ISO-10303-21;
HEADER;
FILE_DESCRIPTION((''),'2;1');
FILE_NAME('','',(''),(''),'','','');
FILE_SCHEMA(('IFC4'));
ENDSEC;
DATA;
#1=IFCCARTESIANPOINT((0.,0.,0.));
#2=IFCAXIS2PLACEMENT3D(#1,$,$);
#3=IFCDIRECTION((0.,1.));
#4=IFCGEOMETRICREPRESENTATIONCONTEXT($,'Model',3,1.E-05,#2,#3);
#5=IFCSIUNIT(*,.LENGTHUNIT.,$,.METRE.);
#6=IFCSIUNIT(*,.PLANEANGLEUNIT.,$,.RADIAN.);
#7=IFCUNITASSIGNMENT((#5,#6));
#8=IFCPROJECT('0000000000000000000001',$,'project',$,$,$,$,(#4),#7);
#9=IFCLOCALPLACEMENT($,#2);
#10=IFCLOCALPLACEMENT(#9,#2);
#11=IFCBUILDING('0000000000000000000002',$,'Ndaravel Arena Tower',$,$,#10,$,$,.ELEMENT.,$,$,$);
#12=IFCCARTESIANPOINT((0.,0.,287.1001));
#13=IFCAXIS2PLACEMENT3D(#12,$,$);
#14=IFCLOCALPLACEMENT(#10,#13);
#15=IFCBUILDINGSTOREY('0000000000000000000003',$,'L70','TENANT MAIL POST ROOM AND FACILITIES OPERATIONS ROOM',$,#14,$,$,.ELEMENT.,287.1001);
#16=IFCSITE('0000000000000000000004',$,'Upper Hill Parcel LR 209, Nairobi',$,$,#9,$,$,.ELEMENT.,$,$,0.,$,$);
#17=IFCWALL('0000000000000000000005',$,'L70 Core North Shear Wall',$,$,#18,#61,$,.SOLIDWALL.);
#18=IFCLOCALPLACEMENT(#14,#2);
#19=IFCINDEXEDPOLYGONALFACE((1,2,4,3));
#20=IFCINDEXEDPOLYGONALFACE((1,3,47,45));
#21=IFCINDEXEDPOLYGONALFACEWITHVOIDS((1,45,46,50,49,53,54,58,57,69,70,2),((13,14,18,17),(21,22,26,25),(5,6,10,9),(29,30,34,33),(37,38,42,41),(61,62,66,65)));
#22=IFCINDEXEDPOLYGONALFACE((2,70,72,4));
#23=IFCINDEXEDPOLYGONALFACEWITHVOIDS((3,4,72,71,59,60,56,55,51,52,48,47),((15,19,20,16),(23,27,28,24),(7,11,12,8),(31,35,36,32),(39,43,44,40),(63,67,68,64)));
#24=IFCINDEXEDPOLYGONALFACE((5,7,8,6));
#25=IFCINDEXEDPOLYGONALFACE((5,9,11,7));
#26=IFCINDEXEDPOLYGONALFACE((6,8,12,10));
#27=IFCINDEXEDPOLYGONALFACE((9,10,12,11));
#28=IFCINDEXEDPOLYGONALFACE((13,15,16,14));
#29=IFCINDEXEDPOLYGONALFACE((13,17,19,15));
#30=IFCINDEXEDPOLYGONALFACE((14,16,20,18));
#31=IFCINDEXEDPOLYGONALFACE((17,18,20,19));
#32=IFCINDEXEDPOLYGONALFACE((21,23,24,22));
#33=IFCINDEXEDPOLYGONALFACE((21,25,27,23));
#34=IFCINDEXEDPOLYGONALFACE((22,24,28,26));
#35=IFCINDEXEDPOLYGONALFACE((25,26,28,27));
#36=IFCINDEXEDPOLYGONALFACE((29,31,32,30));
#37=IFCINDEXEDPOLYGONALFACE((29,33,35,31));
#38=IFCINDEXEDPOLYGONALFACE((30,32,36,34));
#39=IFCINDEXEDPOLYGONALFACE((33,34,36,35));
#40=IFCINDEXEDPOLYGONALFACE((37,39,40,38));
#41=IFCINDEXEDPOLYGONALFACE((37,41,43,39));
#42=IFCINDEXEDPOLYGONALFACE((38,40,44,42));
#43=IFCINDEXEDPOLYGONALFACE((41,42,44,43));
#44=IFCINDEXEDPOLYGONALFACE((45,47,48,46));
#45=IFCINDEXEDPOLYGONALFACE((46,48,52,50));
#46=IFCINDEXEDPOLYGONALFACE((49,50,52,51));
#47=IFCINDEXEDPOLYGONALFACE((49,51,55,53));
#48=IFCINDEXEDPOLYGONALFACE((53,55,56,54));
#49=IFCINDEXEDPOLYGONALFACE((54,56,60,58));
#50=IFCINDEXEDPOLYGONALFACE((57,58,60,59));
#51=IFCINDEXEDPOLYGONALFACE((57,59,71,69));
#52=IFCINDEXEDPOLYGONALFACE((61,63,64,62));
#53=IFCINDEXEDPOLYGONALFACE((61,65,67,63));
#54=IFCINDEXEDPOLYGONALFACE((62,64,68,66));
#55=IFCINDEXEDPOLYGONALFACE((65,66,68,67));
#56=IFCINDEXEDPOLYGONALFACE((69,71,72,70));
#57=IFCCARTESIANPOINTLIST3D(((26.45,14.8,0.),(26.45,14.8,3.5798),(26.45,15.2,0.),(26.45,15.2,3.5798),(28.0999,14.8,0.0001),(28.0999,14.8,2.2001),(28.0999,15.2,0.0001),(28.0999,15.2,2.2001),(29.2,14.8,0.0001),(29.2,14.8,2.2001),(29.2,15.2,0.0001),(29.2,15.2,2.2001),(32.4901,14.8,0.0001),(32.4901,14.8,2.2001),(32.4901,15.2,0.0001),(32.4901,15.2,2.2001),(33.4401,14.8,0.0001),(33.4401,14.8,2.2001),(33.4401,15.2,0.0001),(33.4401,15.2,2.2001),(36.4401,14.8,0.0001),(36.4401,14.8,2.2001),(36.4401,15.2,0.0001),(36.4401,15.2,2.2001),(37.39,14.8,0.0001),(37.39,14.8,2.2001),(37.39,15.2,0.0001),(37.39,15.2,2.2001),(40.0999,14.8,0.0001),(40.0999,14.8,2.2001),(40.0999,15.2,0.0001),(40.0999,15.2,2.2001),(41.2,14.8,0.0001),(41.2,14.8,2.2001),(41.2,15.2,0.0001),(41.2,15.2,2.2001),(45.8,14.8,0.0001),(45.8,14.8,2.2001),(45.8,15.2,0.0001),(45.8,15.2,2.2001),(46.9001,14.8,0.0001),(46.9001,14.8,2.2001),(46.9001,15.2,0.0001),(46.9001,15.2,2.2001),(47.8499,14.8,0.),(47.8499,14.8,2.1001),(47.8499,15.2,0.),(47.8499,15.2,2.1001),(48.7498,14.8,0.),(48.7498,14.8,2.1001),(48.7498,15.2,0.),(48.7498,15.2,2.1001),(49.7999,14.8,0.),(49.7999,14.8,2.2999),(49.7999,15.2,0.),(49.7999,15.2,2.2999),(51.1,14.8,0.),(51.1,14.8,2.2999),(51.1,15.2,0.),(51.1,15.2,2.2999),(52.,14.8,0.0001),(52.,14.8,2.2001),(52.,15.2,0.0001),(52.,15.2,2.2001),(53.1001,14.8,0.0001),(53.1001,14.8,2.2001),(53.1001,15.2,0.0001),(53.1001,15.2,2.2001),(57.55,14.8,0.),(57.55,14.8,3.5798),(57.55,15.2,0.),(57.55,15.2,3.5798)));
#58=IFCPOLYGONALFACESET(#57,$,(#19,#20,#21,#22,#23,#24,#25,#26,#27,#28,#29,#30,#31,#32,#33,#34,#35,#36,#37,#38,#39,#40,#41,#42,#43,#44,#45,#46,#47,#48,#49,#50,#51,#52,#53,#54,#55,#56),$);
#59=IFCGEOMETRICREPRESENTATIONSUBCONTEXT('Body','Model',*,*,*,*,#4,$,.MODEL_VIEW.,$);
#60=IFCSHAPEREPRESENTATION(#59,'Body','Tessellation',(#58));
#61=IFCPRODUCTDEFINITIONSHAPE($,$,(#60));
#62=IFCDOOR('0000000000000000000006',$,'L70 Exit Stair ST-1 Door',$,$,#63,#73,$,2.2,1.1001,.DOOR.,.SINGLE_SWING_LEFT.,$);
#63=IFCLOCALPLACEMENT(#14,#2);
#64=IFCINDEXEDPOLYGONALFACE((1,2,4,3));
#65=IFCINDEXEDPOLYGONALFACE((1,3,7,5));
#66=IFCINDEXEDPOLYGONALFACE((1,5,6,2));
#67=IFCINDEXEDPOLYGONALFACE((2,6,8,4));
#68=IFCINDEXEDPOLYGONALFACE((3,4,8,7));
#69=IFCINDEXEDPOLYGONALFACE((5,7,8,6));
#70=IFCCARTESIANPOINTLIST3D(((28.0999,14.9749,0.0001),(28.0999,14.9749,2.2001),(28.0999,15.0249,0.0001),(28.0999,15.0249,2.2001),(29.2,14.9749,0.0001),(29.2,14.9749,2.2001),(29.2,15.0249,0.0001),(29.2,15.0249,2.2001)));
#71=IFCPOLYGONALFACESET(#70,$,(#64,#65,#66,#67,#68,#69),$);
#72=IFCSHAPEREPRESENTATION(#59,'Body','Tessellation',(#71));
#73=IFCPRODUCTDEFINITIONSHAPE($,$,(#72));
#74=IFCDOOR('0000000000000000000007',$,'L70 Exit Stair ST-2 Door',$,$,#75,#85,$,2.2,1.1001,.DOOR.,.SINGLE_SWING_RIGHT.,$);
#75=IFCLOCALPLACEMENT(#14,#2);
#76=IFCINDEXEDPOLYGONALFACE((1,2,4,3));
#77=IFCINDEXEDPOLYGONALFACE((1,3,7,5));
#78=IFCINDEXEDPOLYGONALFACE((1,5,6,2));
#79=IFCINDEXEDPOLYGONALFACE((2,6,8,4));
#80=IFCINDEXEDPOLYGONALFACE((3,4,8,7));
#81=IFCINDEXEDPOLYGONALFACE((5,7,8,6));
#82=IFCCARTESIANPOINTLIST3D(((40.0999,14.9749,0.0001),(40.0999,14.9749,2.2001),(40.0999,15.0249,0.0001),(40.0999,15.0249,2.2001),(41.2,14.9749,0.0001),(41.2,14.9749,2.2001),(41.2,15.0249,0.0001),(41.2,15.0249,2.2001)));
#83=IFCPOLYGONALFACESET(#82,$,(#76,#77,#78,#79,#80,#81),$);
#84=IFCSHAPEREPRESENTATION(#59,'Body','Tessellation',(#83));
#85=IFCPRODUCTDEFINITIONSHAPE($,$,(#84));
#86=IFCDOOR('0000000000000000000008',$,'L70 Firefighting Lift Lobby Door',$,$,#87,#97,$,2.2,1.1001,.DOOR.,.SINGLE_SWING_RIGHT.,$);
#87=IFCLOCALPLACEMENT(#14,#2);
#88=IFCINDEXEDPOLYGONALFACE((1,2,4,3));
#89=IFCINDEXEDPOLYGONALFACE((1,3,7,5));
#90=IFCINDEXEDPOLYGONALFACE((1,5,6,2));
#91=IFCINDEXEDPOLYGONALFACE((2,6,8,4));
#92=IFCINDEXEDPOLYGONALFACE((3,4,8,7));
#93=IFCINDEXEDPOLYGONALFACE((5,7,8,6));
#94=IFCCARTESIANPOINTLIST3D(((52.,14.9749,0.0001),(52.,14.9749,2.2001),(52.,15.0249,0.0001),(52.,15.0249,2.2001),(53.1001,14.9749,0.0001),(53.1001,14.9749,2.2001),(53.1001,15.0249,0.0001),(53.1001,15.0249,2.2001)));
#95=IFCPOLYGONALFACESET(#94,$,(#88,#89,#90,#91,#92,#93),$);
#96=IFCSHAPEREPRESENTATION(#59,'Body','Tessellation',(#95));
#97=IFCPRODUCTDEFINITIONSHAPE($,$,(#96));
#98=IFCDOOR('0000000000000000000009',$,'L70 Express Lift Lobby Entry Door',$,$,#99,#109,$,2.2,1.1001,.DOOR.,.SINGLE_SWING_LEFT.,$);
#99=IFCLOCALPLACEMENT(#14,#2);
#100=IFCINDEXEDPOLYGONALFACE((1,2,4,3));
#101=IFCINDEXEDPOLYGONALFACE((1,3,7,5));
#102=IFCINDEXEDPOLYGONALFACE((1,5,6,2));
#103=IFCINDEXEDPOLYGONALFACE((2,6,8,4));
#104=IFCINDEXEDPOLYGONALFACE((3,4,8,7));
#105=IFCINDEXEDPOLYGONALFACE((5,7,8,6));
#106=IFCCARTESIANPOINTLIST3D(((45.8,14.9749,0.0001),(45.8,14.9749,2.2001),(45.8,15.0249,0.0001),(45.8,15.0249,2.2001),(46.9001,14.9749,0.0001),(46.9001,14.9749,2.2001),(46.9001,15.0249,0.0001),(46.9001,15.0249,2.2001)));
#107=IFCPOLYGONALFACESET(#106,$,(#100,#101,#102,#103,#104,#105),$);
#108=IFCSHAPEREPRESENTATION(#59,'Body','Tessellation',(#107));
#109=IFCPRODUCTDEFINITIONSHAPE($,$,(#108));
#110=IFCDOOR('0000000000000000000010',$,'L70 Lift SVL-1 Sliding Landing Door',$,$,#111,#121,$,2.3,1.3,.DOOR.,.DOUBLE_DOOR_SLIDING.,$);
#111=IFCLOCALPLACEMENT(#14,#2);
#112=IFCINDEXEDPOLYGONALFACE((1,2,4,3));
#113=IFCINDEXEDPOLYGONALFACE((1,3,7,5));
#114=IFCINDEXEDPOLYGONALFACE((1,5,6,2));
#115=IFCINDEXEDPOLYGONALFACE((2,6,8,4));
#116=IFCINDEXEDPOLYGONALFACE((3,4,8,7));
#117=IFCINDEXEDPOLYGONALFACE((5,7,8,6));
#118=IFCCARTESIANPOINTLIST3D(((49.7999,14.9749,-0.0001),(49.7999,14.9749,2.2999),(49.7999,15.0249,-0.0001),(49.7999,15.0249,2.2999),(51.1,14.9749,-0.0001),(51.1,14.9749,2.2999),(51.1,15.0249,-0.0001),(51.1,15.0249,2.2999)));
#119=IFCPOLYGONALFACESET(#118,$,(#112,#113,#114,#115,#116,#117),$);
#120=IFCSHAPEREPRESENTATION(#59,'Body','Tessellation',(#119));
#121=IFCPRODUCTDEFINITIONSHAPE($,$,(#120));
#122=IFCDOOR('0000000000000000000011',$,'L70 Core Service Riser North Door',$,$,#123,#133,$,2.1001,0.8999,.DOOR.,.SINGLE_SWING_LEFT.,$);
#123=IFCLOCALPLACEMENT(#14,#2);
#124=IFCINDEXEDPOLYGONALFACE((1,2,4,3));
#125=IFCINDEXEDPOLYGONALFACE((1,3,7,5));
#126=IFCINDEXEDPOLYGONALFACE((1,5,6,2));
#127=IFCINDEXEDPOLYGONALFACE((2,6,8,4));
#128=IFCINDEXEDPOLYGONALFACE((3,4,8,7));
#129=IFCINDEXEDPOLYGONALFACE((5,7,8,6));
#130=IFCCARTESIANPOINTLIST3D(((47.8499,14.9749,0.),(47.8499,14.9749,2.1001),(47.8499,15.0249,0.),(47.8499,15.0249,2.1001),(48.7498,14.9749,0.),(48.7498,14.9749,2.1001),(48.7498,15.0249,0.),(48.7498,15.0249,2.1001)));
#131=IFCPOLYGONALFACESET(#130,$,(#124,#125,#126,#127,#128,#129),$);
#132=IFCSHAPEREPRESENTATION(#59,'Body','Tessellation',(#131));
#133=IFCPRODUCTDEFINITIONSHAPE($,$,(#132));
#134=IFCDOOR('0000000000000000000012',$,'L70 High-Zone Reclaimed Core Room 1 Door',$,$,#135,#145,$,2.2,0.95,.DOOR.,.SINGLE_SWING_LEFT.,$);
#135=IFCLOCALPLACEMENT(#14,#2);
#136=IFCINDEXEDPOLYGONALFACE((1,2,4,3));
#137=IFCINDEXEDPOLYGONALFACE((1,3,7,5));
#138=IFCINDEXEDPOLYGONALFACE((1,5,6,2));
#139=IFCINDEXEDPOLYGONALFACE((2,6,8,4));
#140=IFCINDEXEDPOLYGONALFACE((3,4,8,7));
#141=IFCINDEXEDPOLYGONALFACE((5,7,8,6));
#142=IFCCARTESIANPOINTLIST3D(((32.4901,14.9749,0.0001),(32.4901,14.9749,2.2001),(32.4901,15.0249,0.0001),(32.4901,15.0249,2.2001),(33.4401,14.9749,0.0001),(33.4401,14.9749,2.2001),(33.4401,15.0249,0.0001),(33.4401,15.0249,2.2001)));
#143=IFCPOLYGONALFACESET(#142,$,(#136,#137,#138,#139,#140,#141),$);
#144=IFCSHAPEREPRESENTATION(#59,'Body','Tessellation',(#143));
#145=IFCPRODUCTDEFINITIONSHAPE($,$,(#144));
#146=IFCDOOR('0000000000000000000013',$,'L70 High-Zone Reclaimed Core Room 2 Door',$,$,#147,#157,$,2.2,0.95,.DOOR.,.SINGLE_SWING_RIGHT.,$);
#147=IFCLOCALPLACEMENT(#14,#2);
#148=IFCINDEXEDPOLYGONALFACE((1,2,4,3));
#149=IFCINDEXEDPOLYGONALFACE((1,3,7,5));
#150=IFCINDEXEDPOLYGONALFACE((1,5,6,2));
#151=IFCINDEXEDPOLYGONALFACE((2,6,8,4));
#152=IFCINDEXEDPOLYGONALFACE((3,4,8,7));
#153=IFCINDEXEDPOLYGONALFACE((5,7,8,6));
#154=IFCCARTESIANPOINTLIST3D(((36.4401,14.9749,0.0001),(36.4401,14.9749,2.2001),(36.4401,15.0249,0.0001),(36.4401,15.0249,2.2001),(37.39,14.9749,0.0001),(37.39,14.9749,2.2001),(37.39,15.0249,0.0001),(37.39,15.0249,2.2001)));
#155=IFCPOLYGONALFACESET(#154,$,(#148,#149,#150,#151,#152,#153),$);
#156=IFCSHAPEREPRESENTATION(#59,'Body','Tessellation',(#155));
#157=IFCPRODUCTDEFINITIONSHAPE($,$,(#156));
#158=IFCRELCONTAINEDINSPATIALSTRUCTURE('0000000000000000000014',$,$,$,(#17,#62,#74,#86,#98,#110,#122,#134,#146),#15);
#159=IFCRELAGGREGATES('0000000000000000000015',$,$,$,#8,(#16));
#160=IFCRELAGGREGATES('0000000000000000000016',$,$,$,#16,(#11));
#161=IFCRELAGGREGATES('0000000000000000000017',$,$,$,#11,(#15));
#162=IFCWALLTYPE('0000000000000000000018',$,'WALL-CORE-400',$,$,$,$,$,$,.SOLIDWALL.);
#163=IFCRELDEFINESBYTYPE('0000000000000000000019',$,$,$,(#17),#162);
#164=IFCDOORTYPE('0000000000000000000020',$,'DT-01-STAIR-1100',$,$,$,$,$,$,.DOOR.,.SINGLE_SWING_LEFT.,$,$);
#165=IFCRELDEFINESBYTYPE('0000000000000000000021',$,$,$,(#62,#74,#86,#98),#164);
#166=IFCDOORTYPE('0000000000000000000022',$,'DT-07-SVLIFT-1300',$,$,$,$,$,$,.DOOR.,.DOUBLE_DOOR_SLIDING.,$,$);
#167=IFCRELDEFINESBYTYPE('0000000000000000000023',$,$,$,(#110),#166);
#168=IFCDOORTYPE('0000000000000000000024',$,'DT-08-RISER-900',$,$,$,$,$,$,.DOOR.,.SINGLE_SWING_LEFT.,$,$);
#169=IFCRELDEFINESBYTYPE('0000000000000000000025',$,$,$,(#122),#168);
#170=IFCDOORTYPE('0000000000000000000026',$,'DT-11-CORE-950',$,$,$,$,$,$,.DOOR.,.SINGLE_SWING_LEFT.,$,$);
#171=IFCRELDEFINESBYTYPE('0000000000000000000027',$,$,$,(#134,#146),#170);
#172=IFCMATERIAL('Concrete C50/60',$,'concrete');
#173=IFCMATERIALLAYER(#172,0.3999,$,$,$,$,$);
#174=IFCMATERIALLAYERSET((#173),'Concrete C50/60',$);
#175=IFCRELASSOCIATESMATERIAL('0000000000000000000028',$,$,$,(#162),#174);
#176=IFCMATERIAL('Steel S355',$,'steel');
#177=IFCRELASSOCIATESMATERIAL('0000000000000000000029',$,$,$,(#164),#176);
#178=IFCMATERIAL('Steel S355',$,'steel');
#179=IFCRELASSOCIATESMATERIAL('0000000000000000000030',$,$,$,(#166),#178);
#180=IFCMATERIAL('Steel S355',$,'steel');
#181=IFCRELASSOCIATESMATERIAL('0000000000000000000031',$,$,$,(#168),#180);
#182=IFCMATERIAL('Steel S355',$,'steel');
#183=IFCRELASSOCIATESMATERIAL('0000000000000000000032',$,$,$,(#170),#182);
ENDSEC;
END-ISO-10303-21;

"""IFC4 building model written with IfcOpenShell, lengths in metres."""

from ifc_helpers import new_model, si_unit, direction, frame, frame_2d, origin, place, context, subcontext, project, spatial, rectangle, extrude, material, layer, layer_set, type_object, element, fill, save


model = new_model("IFC4")

# Units and contexts
model_context = context("Model", 3, precision=1e-05, world=origin(), true_north=direction((0.0, 1.0)))
body_context = subcontext(model_context, "Body", "Model", "MODEL_VIEW")
ifc_project = project(units=[si_unit("LENGTHUNIT", "METRE"), si_unit("PLANEANGLEUNIT", "RADIAN")], contexts=[model_context])

# Site, building, storey
site_placement = place(None, origin())
site = spatial("IfcSite", under=ifc_project, at=site_placement, Name="Upper Hill Parcel LR 209, Nairobi", CompositionType="ELEMENT", RefElevation=0.0)
building_placement = place(site_placement, origin())
building = spatial("IfcBuilding", under=site, at=building_placement, Name="Ndaravel Arena Tower", CompositionType="ELEMENT")
storey_placement = place(building_placement, frame((0.0, 0.0, 287.1001)))
storey = spatial("IfcBuildingStorey", under=building, at=storey_placement, Name="L70", Description="TENANT MAIL POST ROOM AND FACILITIES OPERATIONS ROOM", CompositionType="ELEMENT", Elevation=287.1001)

# Wall, openings, doors
ifc_material_1 = material(Name="Concrete C50/60", Category="concrete")
ifc_layer_1 = layer(ifc_material_1, 0.3999)
ifc_layer_set_1 = layer_set([ifc_layer_1], Name="Concrete C50/60")
wall_type_1 = type_object("IfcWallType", Name="WALL-CORE-400", PredefinedType="SOLIDWALL", material=ifc_layer_set_1)
wall_1_placement = place(storey_placement, frame((26.45, 15.0, 0.0), z_axis=(0.0, 0.0, 1.0), x_axis=(1.0, 0.0, 0.0)))
wall_1 = element("IfcWall", 1, at=wall_1_placement, inside=storey, type_object=wall_type_1, Name="L70 Core North Shear Wall", PredefinedType="SOLIDWALL", context=body_context, shape_type="SweptSolid", body=[
    extrude(rectangle(XDim=31.1001, YDim=0.3999, at=frame_2d((15.55, 0.0))), origin(), (0.0, 0.0, 1.0), 3.5798),
])
opening_1_placement = place(wall_1_placement, frame((1.6499, 0.0, 0.0)))
opening_1 = element("IfcOpeningElement", 2, at=opening_1_placement, cuts=wall_1, PredefinedType="OPENING", context=body_context, shape_type="SweptSolid", body=[
    extrude(rectangle(XDim=1.1001, YDim=2.2, at=frame_2d((0.55, 1.1001))), frame((0.0, 0.2, 0.0), z_axis=(0.0, -1.0, 0.0), x_axis=(1.0, 0.0, 0.0)), (0.0, 0.0, 1.0), 0.3999),
])
opening_2_placement = place(wall_1_placement, frame((13.6499, 0.0, 0.0)))
opening_2 = element("IfcOpeningElement", 3, at=opening_2_placement, cuts=wall_1, PredefinedType="OPENING", context=body_context, shape_type="SweptSolid", body=[
    extrude(rectangle(XDim=1.1001, YDim=2.2, at=frame_2d((0.55, 1.1001))), frame((0.0, 0.2, 0.0), z_axis=(0.0, -1.0, 0.0), x_axis=(1.0, 0.0, 0.0)), (0.0, 0.0, 1.0), 0.3999),
])
opening_3_placement = place(wall_1_placement, frame((25.55, 0.0, 0.0)))
opening_3 = element("IfcOpeningElement", 4, at=opening_3_placement, cuts=wall_1, PredefinedType="OPENING", context=body_context, shape_type="SweptSolid", body=[
    extrude(rectangle(XDim=1.1001, YDim=2.2, at=frame_2d((0.55, 1.1001))), frame((0.0, 0.2, 0.0), z_axis=(0.0, -1.0, 0.0), x_axis=(1.0, 0.0, 0.0)), (0.0, 0.0, 1.0), 0.3999),
])
opening_4_placement = place(wall_1_placement, frame((19.3501, 0.0, 0.0)))
opening_4 = element("IfcOpeningElement", 5, at=opening_4_placement, cuts=wall_1, PredefinedType="OPENING", context=body_context, shape_type="SweptSolid", body=[
    extrude(rectangle(XDim=1.1001, YDim=2.2, at=frame_2d((0.55, 1.1001))), frame((0.0, 0.2, 0.0), z_axis=(0.0, -1.0, 0.0), x_axis=(1.0, 0.0, 0.0)), (0.0, 0.0, 1.0), 0.3999),
])
opening_5_placement = place(wall_1_placement, frame((21.3999, 0.0, 0.0)))
opening_5 = element("IfcOpeningElement", 6, at=opening_5_placement, cuts=wall_1, PredefinedType="OPENING", context=body_context, shape_type="SweptSolid", body=[
    extrude(rectangle(XDim=0.8999, YDim=2.1001, at=frame_2d((0.45, 1.05))), frame((0.0, 0.2, 0.0), z_axis=(0.0, -1.0, 0.0), x_axis=(1.0, 0.0, 0.0)), (0.0, 0.0, 1.0), 0.3999),
])
opening_6_placement = place(wall_1_placement, frame((6.04, 0.0, 0.0)))
opening_6 = element("IfcOpeningElement", 7, at=opening_6_placement, cuts=wall_1, PredefinedType="OPENING", context=body_context, shape_type="SweptSolid", body=[
    extrude(rectangle(XDim=0.95, YDim=2.2, at=frame_2d((0.4751, 1.1001))), frame((0.0, 0.2, 0.0), z_axis=(0.0, -1.0, 0.0), x_axis=(1.0, 0.0, 0.0)), (0.0, 0.0, 1.0), 0.3999),
])
opening_7_placement = place(wall_1_placement, frame((9.99, 0.0, 0.0)))
opening_7 = element("IfcOpeningElement", 8, at=opening_7_placement, cuts=wall_1, PredefinedType="OPENING", context=body_context, shape_type="SweptSolid", body=[
    extrude(rectangle(XDim=0.95, YDim=2.2, at=frame_2d((0.4751, 1.1001))), frame((0.0, 0.2, 0.0), z_axis=(0.0, -1.0, 0.0), x_axis=(1.0, 0.0, 0.0)), (0.0, 0.0, 1.0), 0.3999),
])
opening_8_placement = place(wall_1_placement, frame((23.3501, 0.0, 0.0)))
opening_8 = element("IfcOpeningElement", 9, at=opening_8_placement, cuts=wall_1, PredefinedType="OPENING", context=body_context, shape_type="SweptSolid", body=[
    extrude(rectangle(XDim=1.3, YDim=2.3, at=frame_2d((0.6499, 1.1499))), frame((0.0, 0.2, 0.0), z_axis=(0.0, -1.0, 0.0), x_axis=(1.0, 0.0, 0.0)), (0.0, 0.0, 1.0), 0.3999),
])
ifc_material_2 = material(Name="Steel S355", Category="steel")
door_type_1 = type_object("IfcDoorType", Name="DT-01-STAIR-1100", OperationType="SINGLE_SWING_LEFT", PredefinedType="DOOR", material=ifc_material_2)
door_1_placement = place(opening_1_placement, origin())
door_1 = element("IfcDoor", 10, at=door_1_placement, inside=storey, type_object=door_type_1, Name="L70 Exit Stair ST-1 Door", OperationType="SINGLE_SWING_LEFT", OverallHeight=2.2, OverallWidth=1.1001, PredefinedType="DOOR", context=body_context, shape_type="SweptSolid", body=[
    extrude(rectangle(XDim=1.1001, YDim=2.2, at=frame_2d((0.55, 1.1001))), frame((0.0, 0.0249, 0.0), z_axis=(0.0, -1.0, 0.0), x_axis=(1.0, 0.0, 0.0)), (0.0, 0.0, 1.0), 0.05),
])
fill(opening_1, door_1)
door_2_placement = place(opening_2_placement, origin())
door_2 = element("IfcDoor", 11, at=door_2_placement, inside=storey, type_object=door_type_1, Name="L70 Exit Stair ST-2 Door", OperationType="SINGLE_SWING_RIGHT", OverallHeight=2.2, OverallWidth=1.1001, PredefinedType="DOOR", context=body_context, shape_type="SweptSolid", body=[
    extrude(rectangle(XDim=1.1001, YDim=2.2, at=frame_2d((0.55, 1.1001))), frame((0.0, 0.0249, 0.0), z_axis=(0.0, -1.0, 0.0), x_axis=(1.0, 0.0, 0.0)), (0.0, 0.0, 1.0), 0.05),
])
fill(opening_2, door_2)
door_3_placement = place(opening_3_placement, origin())
door_3 = element("IfcDoor", 12, at=door_3_placement, inside=storey, type_object=door_type_1, Name="L70 Firefighting Lift Lobby Door", OperationType="SINGLE_SWING_RIGHT", OverallHeight=2.2, OverallWidth=1.1001, PredefinedType="DOOR", context=body_context, shape_type="SweptSolid", body=[
    extrude(rectangle(XDim=1.1001, YDim=2.2, at=frame_2d((0.55, 1.1001))), frame((0.0, 0.0249, 0.0), z_axis=(0.0, -1.0, 0.0), x_axis=(1.0, 0.0, 0.0)), (0.0, 0.0, 1.0), 0.05),
])
fill(opening_3, door_3)
door_4_placement = place(opening_4_placement, origin())
door_4 = element("IfcDoor", 13, at=door_4_placement, inside=storey, type_object=door_type_1, Name="L70 Express Lift Lobby Entry Door", OperationType="SINGLE_SWING_LEFT", OverallHeight=2.2, OverallWidth=1.1001, PredefinedType="DOOR", context=body_context, shape_type="SweptSolid", body=[
    extrude(rectangle(XDim=1.1001, YDim=2.2, at=frame_2d((0.55, 1.1001))), frame((0.0, 0.0249, 0.0), z_axis=(0.0, -1.0, 0.0), x_axis=(1.0, 0.0, 0.0)), (0.0, 0.0, 1.0), 0.05),
])
fill(opening_4, door_4)
ifc_material_3 = material(Name="Steel S355", Category="steel")
door_type_2 = type_object("IfcDoorType", Name="DT-07-SVLIFT-1300", OperationType="DOUBLE_DOOR_SLIDING", PredefinedType="DOOR", material=ifc_material_3)
door_5_placement = place(opening_8_placement, origin())
door_5 = element("IfcDoor", 14, at=door_5_placement, inside=storey, type_object=door_type_2, Name="L70 Lift SVL-1 Sliding Landing Door", OperationType="DOUBLE_DOOR_SLIDING", OverallHeight=2.3, OverallWidth=1.3, PredefinedType="DOOR", context=body_context, shape_type="SweptSolid", body=[
    extrude(rectangle(XDim=1.3, YDim=2.3, at=frame_2d((0.6499, 1.1499))), frame((0.0, 0.0249, 0.0), z_axis=(0.0, -1.0, 0.0), x_axis=(1.0, 0.0, 0.0)), (0.0, 0.0, 1.0), 0.05),
])
fill(opening_8, door_5)
ifc_material_4 = material(Name="Steel S355", Category="steel")
door_type_3 = type_object("IfcDoorType", Name="DT-08-RISER-900", OperationType="SINGLE_SWING_LEFT", PredefinedType="DOOR", material=ifc_material_4)
door_6_placement = place(opening_5_placement, origin())
door_6 = element("IfcDoor", 15, at=door_6_placement, inside=storey, type_object=door_type_3, Name="L70 Core Service Riser North Door", OperationType="SINGLE_SWING_LEFT", OverallHeight=2.1001, OverallWidth=0.8999, PredefinedType="DOOR", context=body_context, shape_type="SweptSolid", body=[
    extrude(rectangle(XDim=0.8999, YDim=2.1001, at=frame_2d((0.45, 1.05))), frame((0.0, 0.0249, 0.0), z_axis=(0.0, -1.0, 0.0), x_axis=(1.0, 0.0, 0.0)), (0.0, 0.0, 1.0), 0.05),
])
fill(opening_5, door_6)
ifc_material_5 = material(Name="Steel S355", Category="steel")
door_type_4 = type_object("IfcDoorType", Name="DT-11-CORE-950", OperationType="SINGLE_SWING_LEFT", PredefinedType="DOOR", material=ifc_material_5)
door_7_placement = place(opening_6_placement, origin())
door_7 = element("IfcDoor", 16, at=door_7_placement, inside=storey, type_object=door_type_4, Name="L70 High-Zone Reclaimed Core Room 1 Door", OperationType="SINGLE_SWING_LEFT", OverallHeight=2.2, OverallWidth=0.95, PredefinedType="DOOR", context=body_context, shape_type="SweptSolid", body=[
    extrude(rectangle(XDim=0.95, YDim=2.2, at=frame_2d((0.4751, 1.1001))), frame((0.0, 0.0249, 0.0), z_axis=(0.0, -1.0, 0.0), x_axis=(1.0, 0.0, 0.0)), (0.0, 0.0, 1.0), 0.05),
])
fill(opening_6, door_7)
door_8_placement = place(opening_7_placement, origin())
door_8 = element("IfcDoor", 17, at=door_8_placement, inside=storey, type_object=door_type_4, Name="L70 High-Zone Reclaimed Core Room 2 Door", OperationType="SINGLE_SWING_RIGHT", OverallHeight=2.2, OverallWidth=0.95, PredefinedType="DOOR", context=body_context, shape_type="SweptSolid", body=[
    extrude(rectangle(XDim=0.95, YDim=2.2, at=frame_2d((0.4751, 1.1001))), frame((0.0, 0.0249, 0.0), z_axis=(0.0, -1.0, 0.0), x_axis=(1.0, 0.0, 0.0)), (0.0, 0.0, 1.0), 0.05),
])
fill(opening_7, door_8)

save(model, "model.ifc")
